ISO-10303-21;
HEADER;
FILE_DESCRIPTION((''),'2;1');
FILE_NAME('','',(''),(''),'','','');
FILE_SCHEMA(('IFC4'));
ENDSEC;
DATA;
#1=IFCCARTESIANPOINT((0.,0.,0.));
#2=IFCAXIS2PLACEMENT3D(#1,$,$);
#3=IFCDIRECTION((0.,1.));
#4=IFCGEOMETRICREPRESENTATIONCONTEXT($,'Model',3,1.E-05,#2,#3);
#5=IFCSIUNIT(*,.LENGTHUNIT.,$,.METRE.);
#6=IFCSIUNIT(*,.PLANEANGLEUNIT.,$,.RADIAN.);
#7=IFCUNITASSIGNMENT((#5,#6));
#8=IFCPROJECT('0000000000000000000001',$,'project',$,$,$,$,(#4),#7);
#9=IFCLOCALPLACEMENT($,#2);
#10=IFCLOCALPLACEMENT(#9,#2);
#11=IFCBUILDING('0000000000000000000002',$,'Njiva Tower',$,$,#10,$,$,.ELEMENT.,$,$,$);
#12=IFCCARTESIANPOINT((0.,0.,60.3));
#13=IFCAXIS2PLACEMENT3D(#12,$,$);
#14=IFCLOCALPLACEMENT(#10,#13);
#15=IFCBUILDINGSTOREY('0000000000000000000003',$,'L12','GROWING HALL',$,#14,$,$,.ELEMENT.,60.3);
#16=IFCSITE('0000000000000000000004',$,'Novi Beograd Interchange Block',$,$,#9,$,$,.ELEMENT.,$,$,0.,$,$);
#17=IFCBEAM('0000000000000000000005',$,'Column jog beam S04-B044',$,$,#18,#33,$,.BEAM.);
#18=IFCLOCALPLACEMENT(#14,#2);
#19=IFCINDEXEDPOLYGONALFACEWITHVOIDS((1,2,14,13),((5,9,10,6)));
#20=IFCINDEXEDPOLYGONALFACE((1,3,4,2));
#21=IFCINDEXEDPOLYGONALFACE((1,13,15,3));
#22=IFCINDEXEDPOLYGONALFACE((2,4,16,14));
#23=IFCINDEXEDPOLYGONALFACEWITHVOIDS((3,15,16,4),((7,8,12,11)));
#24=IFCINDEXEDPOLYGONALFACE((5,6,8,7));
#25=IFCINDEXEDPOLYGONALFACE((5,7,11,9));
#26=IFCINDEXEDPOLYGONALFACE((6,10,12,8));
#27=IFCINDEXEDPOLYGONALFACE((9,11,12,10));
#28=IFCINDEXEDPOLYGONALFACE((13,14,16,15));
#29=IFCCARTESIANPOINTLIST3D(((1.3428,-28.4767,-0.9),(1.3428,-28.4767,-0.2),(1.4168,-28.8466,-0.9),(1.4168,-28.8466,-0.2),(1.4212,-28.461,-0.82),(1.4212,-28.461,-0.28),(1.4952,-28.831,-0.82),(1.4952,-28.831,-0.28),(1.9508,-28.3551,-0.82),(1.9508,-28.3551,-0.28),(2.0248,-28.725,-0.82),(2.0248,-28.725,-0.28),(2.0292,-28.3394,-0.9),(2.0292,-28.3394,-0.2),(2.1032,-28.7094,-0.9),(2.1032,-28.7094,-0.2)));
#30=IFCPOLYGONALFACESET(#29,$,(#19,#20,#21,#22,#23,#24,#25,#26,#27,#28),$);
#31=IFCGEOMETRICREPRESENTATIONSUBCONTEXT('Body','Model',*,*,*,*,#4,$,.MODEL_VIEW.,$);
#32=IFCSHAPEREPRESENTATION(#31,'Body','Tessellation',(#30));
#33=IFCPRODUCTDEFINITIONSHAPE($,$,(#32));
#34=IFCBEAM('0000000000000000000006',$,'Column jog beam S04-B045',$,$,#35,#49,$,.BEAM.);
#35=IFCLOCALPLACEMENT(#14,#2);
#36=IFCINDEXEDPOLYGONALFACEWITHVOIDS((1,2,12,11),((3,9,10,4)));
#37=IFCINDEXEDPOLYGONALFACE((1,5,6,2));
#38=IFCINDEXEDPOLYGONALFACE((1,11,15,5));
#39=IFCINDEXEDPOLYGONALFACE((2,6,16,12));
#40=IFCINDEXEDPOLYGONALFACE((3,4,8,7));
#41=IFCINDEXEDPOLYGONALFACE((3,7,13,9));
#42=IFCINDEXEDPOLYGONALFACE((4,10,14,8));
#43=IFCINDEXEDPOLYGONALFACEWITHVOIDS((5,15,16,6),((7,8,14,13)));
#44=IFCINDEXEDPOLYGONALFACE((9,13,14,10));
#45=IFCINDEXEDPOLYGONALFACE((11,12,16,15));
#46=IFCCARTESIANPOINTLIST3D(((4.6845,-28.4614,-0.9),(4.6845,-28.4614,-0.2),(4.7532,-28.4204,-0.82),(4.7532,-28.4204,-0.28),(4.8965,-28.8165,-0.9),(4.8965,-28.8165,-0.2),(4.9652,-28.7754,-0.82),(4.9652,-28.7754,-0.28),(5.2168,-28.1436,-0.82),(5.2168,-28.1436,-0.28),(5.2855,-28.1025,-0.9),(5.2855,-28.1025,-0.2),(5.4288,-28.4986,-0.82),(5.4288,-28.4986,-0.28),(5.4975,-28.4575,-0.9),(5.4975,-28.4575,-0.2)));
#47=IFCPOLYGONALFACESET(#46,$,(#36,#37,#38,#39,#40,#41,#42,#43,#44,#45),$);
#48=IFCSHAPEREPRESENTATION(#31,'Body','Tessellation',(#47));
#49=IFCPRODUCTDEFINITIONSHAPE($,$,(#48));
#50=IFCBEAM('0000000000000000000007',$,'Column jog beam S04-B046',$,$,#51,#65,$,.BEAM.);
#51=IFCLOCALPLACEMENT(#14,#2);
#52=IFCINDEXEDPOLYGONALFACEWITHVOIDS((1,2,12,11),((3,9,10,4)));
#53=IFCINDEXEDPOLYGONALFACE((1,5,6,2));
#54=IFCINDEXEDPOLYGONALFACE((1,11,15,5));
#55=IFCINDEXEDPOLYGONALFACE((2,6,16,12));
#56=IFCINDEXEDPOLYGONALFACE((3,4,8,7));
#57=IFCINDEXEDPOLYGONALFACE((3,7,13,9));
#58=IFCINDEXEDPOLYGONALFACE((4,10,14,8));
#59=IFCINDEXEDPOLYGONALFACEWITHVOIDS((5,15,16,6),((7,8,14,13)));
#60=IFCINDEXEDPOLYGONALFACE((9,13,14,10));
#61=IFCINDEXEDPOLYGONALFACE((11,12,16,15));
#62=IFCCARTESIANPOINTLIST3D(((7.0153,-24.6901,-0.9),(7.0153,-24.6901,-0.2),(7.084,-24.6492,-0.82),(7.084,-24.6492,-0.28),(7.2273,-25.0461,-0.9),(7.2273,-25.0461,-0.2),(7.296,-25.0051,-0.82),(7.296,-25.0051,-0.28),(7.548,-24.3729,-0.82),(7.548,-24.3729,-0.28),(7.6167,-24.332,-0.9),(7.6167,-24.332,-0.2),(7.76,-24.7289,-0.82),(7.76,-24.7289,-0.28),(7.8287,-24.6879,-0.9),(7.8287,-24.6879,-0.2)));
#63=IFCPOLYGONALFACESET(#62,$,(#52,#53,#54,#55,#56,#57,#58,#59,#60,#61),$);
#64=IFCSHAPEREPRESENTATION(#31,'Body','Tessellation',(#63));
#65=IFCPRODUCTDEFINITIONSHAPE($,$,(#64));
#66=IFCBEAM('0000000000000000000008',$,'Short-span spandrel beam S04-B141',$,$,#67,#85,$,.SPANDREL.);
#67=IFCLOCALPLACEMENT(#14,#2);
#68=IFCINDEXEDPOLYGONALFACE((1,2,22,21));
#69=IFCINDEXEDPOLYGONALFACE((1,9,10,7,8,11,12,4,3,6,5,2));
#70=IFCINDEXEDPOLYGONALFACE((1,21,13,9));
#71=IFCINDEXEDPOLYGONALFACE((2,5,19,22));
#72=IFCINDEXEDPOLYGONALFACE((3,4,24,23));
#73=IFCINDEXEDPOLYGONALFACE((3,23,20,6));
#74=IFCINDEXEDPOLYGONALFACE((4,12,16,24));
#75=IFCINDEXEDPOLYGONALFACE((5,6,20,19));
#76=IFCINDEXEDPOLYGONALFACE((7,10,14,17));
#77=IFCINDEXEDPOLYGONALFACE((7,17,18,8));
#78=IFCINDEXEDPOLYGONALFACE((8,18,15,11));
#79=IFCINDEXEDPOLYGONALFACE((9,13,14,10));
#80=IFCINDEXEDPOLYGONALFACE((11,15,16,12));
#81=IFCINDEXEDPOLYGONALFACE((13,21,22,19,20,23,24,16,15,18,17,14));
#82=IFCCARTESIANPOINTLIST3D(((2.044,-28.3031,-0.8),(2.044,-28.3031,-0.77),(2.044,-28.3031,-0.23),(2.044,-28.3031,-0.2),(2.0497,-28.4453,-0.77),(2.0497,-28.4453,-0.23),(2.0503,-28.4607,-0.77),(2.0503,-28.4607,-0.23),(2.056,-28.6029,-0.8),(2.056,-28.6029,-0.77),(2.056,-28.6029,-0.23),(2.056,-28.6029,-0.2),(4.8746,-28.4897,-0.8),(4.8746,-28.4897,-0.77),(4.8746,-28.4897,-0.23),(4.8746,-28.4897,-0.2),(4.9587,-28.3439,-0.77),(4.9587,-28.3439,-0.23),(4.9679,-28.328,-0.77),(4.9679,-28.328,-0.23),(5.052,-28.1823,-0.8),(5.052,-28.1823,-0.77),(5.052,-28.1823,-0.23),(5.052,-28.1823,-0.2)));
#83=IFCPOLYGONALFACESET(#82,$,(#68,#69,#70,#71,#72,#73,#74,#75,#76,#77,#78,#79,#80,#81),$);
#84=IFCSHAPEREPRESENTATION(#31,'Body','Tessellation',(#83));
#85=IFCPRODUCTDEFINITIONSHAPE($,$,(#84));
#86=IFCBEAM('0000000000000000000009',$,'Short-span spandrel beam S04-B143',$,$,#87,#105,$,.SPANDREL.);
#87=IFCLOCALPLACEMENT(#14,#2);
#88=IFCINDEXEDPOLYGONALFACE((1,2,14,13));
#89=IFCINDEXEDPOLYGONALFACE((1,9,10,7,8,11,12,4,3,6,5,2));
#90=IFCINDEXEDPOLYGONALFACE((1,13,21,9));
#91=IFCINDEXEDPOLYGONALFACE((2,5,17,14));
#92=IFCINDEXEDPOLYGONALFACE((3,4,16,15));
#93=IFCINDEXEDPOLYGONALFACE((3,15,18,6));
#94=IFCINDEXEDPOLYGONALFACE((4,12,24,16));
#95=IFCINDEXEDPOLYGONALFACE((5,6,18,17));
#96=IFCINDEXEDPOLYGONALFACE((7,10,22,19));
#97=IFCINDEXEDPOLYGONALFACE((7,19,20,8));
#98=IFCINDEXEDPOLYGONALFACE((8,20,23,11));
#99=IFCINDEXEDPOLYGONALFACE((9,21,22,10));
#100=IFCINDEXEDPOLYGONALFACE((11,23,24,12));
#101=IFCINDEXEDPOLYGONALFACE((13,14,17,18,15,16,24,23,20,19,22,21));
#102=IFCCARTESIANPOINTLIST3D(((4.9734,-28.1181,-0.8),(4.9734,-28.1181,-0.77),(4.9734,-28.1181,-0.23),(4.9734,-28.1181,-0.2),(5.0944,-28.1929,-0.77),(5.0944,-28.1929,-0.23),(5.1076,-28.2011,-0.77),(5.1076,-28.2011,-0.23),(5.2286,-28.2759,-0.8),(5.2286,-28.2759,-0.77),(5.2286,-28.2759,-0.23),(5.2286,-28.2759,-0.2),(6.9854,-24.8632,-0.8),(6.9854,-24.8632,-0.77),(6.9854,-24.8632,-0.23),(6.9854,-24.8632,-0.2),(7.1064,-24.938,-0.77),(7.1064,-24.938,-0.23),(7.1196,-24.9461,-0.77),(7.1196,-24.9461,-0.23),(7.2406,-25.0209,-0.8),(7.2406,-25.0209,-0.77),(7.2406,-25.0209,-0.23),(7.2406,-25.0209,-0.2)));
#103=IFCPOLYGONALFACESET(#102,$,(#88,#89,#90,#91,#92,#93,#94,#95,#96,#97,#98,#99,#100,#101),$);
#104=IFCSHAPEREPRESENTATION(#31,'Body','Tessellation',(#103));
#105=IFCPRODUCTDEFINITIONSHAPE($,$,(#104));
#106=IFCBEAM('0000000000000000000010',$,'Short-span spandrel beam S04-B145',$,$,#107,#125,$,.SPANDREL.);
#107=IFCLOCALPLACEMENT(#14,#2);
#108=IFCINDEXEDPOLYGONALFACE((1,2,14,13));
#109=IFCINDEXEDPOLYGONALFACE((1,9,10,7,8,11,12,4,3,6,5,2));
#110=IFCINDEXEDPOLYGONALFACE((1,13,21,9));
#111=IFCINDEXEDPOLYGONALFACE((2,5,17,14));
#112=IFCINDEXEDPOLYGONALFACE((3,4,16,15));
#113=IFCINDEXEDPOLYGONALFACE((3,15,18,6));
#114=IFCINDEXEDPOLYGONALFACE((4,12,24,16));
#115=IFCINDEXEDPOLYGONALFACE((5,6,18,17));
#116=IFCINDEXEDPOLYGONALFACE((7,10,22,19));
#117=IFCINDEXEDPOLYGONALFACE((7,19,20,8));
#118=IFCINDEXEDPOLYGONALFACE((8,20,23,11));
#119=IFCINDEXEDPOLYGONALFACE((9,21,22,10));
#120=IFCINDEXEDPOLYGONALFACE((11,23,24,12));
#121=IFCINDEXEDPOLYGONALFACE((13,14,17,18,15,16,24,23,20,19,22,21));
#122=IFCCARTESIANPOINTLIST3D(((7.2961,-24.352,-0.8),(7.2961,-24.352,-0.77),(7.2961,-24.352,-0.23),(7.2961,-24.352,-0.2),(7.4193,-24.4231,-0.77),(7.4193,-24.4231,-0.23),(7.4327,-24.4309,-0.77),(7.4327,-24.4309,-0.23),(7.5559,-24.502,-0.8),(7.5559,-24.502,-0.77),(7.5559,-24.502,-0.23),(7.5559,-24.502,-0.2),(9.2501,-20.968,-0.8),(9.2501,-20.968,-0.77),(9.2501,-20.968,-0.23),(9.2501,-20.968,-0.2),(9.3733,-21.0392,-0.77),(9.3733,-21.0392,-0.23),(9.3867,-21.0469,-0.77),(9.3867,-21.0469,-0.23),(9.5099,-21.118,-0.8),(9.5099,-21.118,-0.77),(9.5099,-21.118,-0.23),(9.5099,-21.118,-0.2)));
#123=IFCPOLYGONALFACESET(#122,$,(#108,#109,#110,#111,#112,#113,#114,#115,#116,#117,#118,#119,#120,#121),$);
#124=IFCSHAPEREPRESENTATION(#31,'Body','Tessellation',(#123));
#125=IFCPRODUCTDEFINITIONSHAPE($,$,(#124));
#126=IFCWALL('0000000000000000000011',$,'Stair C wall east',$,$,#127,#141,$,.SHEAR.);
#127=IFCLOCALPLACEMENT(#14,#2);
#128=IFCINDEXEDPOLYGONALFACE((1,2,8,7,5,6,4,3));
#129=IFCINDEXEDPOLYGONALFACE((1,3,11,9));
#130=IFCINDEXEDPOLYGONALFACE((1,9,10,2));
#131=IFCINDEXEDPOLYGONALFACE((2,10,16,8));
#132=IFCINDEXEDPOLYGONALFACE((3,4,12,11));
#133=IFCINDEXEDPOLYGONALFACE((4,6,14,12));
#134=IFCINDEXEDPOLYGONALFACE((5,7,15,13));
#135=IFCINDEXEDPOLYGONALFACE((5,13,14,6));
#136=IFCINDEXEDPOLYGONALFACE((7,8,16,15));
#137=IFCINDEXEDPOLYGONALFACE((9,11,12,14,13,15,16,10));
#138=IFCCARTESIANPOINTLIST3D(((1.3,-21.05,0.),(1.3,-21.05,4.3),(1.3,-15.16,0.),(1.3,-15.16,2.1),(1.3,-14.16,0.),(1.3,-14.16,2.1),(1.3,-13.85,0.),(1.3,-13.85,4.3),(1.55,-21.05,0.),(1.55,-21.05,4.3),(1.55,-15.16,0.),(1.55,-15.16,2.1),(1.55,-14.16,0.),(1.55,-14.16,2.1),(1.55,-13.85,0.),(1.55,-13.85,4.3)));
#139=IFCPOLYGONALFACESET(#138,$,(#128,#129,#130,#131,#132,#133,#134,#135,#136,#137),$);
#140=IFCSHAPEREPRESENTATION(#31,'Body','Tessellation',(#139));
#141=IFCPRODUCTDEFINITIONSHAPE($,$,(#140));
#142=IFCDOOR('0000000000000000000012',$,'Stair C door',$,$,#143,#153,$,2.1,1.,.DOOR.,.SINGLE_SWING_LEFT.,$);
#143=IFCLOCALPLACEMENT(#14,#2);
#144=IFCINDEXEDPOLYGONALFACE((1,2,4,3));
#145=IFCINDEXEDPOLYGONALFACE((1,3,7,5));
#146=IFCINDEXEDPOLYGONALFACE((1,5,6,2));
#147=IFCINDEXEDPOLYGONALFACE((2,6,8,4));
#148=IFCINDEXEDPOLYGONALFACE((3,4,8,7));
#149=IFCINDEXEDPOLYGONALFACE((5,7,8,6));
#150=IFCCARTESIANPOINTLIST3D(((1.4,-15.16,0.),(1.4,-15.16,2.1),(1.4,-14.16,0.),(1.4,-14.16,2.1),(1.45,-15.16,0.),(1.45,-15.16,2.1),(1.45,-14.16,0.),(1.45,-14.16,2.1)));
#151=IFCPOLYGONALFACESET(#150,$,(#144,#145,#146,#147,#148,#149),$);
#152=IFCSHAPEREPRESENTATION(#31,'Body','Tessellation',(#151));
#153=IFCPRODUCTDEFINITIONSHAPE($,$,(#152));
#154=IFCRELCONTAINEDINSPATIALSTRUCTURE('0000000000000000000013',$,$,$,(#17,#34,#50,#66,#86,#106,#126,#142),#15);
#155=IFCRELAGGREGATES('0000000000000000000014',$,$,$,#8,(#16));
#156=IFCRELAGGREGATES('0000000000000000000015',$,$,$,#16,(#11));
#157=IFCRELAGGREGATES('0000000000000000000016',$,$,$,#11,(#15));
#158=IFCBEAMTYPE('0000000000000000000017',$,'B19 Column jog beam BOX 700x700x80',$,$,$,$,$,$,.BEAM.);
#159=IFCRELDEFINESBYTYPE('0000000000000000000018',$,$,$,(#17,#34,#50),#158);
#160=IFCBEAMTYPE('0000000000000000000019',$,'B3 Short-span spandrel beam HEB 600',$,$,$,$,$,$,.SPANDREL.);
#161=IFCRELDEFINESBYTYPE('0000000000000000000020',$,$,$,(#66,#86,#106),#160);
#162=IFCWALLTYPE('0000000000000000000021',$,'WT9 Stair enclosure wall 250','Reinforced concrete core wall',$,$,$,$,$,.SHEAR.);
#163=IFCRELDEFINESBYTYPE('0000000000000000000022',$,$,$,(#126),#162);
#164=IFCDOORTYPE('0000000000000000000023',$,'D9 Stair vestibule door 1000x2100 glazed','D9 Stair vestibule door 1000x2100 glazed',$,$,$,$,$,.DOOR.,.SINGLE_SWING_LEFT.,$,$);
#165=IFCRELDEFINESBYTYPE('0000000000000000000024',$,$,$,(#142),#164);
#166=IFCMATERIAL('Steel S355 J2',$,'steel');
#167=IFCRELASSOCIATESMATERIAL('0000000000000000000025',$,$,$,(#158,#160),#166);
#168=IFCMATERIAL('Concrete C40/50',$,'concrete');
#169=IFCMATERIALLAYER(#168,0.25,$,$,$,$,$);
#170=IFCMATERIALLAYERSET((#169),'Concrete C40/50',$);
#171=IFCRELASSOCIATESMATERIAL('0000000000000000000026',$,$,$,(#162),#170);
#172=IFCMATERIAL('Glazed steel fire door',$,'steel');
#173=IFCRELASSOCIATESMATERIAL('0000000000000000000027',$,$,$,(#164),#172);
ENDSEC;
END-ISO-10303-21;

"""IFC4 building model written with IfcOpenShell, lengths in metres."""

from ifc_helpers import new_model, si_unit, direction, frame, frame_2d, origin, origin_2d, place, context, subcontext, project, spatial, rectangle, hollow_rectangle, i_section, extrude, clip, halfspace, material, layer, layer_set, material_profile, profile_set, type_object, element, fill, save


model = new_model("IFC4")

# Units and contexts
model_context = context("Model", 3, precision=1e-05, world=origin(), true_north=direction((0.0, 1.0)))
body_context = subcontext(model_context, "Body", "Model", "MODEL_VIEW")
ifc_project = project(units=[si_unit("LENGTHUNIT", "METRE"), si_unit("PLANEANGLEUNIT", "RADIAN")], contexts=[model_context])

# Site, building, storey
site_placement = place(None, origin())
site = spatial("IfcSite", under=ifc_project, at=site_placement, Name="Novi Beograd Interchange Block", CompositionType="ELEMENT", RefElevation=0.0)
building_placement = place(site_placement, origin())
building = spatial("IfcBuilding", under=site, at=building_placement, Name="Njiva Tower", CompositionType="ELEMENT")
storey_placement = place(building_placement, frame((0.0, 0.0, 60.3)))
storey = spatial("IfcBuildingStorey", under=building, at=storey_placement, Name="L12", Description="GROWING HALL", CompositionType="ELEMENT", Elevation=60.3)

# Shared definitions
ifc_material_1 = material(Name="Steel S355 J2", Category="steel")

# Beams
ifc_material_profile_1 = material_profile(ifc_material_1, hollow_rectangle(XDim=0.7, YDim=0.7, WallThickness=0.08, at=origin_2d()), Name="BOX 700x700x80")
ifc_profile_set_1 = profile_set([ifc_material_profile_1], Name="Steel S355 J2")
beam_type_1 = type_object("IfcBeamType", Name="B19 Column jog beam BOX 700x700x80", PredefinedType="BEAM", material=ifc_profile_set_1)
beam_1_placement = place(storey_placement, frame((1.76, -28.778, -0.55), z_axis=(-0.196116, 0.980581, 0.0), x_axis=(-0.980581, -0.196116, 0.0)))
element("IfcBeam", 1, at=beam_1_placement, inside=storey, type_object=beam_type_1, Name="Column jog beam S04-B044", PredefinedType="BEAM", context=body_context, shape_type="SweptSolid", body=[
    extrude(hollow_rectangle(XDim=0.7, YDim=0.7, WallThickness=0.08, at=origin_2d()), origin(), (0.0, 0.0, 1.0), 0.3773),
])
beam_2_placement = place(storey_placement, frame((5.197, -28.637, -0.55), z_axis=(-0.512716, 0.858558, 0.0), x_axis=(-0.858558, -0.512716, 0.0)))
element("IfcBeam", 2, at=beam_2_placement, inside=storey, type_object=beam_type_1, Name="Column jog beam S04-B045", PredefinedType="BEAM", context=body_context, shape_type="SweptSolid", body=[
    extrude(hollow_rectangle(XDim=0.7, YDim=0.7, WallThickness=0.08, at=origin_2d()), origin(), (0.0, 0.0, 1.0), 0.4135),
])
beam_3_placement = place(storey_placement, frame((7.528, -24.867, -0.55), z_axis=(-0.511654, 0.859192, 0.0), x_axis=(-0.859192, -0.511654, 0.0)))
element("IfcBeam", 3, at=beam_3_placement, inside=storey, type_object=beam_type_1, Name="Column jog beam S04-B046", PredefinedType="BEAM", context=body_context, shape_type="SweptSolid", body=[
    extrude(hollow_rectangle(XDim=0.7, YDim=0.7, WallThickness=0.08, at=origin_2d()), origin(), (0.0, 0.0, 1.0), 0.4143),
])
ifc_material_profile_2 = material_profile(ifc_material_1, i_section(OverallWidth=0.3, OverallDepth=0.6, WebThickness=0.0155, FlangeThickness=0.03, at=origin_2d()), Name="HEB 600")
ifc_profile_set_2 = profile_set([ifc_material_profile_2], Name="Steel S355 J2")
beam_type_2 = type_object("IfcBeamType", Name="B3 Short-span spandrel beam HEB 600", PredefinedType="SPANDREL", material=ifc_profile_set_2)
beam_4_placement = place(storey_placement, frame((2.05, -28.453, -0.5), z_axis=(0.999194, 0.040132, 0.0), x_axis=(-0.040132, 0.999194, 0.0)))
element("IfcBeam", 4, at=beam_4_placement, inside=storey, type_object=beam_type_2, Name="Short-span spandrel beam S04-B141", PredefinedType="SPANDREL", context=body_context, shape_type="Clipping", body=[
    clip(extrude(i_section(OverallWidth=0.3, OverallDepth=0.6, WebThickness=0.0155, FlangeThickness=0.03, at=origin_2d()), origin(), (0.0, 0.0, 1.0), 3.0303), halfspace(frame((-0.0271, 0.0, 2.8985), z_axis=(-0.534351, 0.0, 0.845263), x_axis=(0.0, 1.0, 0.0)), False)),
])
beam_5_placement = place(storey_placement, frame((5.101, -28.197, -0.5), z_axis=(0.525788, 0.850616, 0.0), x_axis=(-0.850616, 0.525788, 0.0)))
element("IfcBeam", 5, at=beam_5_placement, inside=storey, type_object=beam_type_2, Name="Short-span spandrel beam S04-B143", PredefinedType="SPANDREL", context=body_context, shape_type="SweptSolid", body=[
    extrude(i_section(OverallWidth=0.3, OverallDepth=0.6, WebThickness=0.0155, FlangeThickness=0.03, at=origin_2d()), origin(), (0.0, 0.0, 1.0), 3.8266),
])
beam_6_placement = place(storey_placement, frame((7.426, -24.427, -0.5), z_axis=(0.500047, 0.865998, 0.0), x_axis=(-0.865998, 0.500047, 0.0)))
element("IfcBeam", 6, at=beam_6_placement, inside=storey, type_object=beam_type_2, Name="Short-span spandrel beam S04-B145", PredefinedType="SPANDREL", context=body_context, shape_type="SweptSolid", body=[
    extrude(i_section(OverallWidth=0.3, OverallDepth=0.6, WebThickness=0.0155, FlangeThickness=0.03, at=origin_2d()), origin(), (0.0, 0.0, 1.0), 3.9076),
])

# Wall, opening, door
ifc_material_2 = material(Name="Concrete C40/50", Category="concrete")
ifc_layer_1 = layer(ifc_material_2, 0.25)
ifc_layer_set_1 = layer_set([ifc_layer_1], Name="Concrete C40/50")
wall_type_1 = type_object("IfcWallType", Name="WT9 Stair enclosure wall 250", Description="Reinforced concrete core wall", PredefinedType="SHEAR", material=ifc_layer_set_1)
wall_1_placement = place(storey_placement, frame((1.425, -21.05, 0.0), z_axis=(0.0, 0.0, 1.0), x_axis=(0.0, 1.0, 0.0)))
wall_1 = element("IfcWall", 7, at=wall_1_placement, inside=storey, type_object=wall_type_1, Name="Stair C wall east", PredefinedType="SHEAR", context=body_context, shape_type="SweptSolid", body=[
    extrude(rectangle(XDim=7.2, YDim=0.25, at=frame_2d((3.6, 0.0))), origin(), (0.0, 0.0, 1.0), 4.3),
])
opening_1_placement = place(wall_1_placement, frame((5.89, 0.0, 0.0)))
opening_1 = element("IfcOpeningElement", 8, at=opening_1_placement, cuts=wall_1, PredefinedType="OPENING", context=body_context, shape_type="SweptSolid", body=[
    extrude(rectangle(XDim=1.0, YDim=2.1, at=frame_2d((0.5, 1.05))), frame((0.0, 0.135, 0.0), z_axis=(0.0, -1.0, 0.0), x_axis=(1.0, 0.0, 0.0)), (0.0, 0.0, 1.0), 0.27),
])
ifc_material_3 = material(Name="Glazed steel fire door", Category="steel")
door_type = type_object("IfcDoorType", Name="D9 Stair vestibule door 1000x2100 glazed", Description="D9 Stair vestibule door 1000x2100 glazed", OperationType="SINGLE_SWING_LEFT", PredefinedType="DOOR", material=ifc_material_3)
door_placement = place(opening_1_placement, origin())
door = element("IfcDoor", 9, at=door_placement, inside=storey, type_object=door_type, Name="Stair C door", OperationType="SINGLE_SWING_LEFT", OverallHeight=2.1, OverallWidth=1.0, PredefinedType="DOOR", context=body_context, shape_type="SweptSolid", body=[
    extrude(rectangle(XDim=1.0, YDim=2.1, at=frame_2d((0.5, 1.05))), frame((0.0, 0.025, 0.0), z_axis=(0.0, -1.0, 0.0), x_axis=(1.0, 0.0, 0.0)), (0.0, 0.0, 1.0), 0.05),
])
fill(opening_1, door)

save(model, "model.ifc")
